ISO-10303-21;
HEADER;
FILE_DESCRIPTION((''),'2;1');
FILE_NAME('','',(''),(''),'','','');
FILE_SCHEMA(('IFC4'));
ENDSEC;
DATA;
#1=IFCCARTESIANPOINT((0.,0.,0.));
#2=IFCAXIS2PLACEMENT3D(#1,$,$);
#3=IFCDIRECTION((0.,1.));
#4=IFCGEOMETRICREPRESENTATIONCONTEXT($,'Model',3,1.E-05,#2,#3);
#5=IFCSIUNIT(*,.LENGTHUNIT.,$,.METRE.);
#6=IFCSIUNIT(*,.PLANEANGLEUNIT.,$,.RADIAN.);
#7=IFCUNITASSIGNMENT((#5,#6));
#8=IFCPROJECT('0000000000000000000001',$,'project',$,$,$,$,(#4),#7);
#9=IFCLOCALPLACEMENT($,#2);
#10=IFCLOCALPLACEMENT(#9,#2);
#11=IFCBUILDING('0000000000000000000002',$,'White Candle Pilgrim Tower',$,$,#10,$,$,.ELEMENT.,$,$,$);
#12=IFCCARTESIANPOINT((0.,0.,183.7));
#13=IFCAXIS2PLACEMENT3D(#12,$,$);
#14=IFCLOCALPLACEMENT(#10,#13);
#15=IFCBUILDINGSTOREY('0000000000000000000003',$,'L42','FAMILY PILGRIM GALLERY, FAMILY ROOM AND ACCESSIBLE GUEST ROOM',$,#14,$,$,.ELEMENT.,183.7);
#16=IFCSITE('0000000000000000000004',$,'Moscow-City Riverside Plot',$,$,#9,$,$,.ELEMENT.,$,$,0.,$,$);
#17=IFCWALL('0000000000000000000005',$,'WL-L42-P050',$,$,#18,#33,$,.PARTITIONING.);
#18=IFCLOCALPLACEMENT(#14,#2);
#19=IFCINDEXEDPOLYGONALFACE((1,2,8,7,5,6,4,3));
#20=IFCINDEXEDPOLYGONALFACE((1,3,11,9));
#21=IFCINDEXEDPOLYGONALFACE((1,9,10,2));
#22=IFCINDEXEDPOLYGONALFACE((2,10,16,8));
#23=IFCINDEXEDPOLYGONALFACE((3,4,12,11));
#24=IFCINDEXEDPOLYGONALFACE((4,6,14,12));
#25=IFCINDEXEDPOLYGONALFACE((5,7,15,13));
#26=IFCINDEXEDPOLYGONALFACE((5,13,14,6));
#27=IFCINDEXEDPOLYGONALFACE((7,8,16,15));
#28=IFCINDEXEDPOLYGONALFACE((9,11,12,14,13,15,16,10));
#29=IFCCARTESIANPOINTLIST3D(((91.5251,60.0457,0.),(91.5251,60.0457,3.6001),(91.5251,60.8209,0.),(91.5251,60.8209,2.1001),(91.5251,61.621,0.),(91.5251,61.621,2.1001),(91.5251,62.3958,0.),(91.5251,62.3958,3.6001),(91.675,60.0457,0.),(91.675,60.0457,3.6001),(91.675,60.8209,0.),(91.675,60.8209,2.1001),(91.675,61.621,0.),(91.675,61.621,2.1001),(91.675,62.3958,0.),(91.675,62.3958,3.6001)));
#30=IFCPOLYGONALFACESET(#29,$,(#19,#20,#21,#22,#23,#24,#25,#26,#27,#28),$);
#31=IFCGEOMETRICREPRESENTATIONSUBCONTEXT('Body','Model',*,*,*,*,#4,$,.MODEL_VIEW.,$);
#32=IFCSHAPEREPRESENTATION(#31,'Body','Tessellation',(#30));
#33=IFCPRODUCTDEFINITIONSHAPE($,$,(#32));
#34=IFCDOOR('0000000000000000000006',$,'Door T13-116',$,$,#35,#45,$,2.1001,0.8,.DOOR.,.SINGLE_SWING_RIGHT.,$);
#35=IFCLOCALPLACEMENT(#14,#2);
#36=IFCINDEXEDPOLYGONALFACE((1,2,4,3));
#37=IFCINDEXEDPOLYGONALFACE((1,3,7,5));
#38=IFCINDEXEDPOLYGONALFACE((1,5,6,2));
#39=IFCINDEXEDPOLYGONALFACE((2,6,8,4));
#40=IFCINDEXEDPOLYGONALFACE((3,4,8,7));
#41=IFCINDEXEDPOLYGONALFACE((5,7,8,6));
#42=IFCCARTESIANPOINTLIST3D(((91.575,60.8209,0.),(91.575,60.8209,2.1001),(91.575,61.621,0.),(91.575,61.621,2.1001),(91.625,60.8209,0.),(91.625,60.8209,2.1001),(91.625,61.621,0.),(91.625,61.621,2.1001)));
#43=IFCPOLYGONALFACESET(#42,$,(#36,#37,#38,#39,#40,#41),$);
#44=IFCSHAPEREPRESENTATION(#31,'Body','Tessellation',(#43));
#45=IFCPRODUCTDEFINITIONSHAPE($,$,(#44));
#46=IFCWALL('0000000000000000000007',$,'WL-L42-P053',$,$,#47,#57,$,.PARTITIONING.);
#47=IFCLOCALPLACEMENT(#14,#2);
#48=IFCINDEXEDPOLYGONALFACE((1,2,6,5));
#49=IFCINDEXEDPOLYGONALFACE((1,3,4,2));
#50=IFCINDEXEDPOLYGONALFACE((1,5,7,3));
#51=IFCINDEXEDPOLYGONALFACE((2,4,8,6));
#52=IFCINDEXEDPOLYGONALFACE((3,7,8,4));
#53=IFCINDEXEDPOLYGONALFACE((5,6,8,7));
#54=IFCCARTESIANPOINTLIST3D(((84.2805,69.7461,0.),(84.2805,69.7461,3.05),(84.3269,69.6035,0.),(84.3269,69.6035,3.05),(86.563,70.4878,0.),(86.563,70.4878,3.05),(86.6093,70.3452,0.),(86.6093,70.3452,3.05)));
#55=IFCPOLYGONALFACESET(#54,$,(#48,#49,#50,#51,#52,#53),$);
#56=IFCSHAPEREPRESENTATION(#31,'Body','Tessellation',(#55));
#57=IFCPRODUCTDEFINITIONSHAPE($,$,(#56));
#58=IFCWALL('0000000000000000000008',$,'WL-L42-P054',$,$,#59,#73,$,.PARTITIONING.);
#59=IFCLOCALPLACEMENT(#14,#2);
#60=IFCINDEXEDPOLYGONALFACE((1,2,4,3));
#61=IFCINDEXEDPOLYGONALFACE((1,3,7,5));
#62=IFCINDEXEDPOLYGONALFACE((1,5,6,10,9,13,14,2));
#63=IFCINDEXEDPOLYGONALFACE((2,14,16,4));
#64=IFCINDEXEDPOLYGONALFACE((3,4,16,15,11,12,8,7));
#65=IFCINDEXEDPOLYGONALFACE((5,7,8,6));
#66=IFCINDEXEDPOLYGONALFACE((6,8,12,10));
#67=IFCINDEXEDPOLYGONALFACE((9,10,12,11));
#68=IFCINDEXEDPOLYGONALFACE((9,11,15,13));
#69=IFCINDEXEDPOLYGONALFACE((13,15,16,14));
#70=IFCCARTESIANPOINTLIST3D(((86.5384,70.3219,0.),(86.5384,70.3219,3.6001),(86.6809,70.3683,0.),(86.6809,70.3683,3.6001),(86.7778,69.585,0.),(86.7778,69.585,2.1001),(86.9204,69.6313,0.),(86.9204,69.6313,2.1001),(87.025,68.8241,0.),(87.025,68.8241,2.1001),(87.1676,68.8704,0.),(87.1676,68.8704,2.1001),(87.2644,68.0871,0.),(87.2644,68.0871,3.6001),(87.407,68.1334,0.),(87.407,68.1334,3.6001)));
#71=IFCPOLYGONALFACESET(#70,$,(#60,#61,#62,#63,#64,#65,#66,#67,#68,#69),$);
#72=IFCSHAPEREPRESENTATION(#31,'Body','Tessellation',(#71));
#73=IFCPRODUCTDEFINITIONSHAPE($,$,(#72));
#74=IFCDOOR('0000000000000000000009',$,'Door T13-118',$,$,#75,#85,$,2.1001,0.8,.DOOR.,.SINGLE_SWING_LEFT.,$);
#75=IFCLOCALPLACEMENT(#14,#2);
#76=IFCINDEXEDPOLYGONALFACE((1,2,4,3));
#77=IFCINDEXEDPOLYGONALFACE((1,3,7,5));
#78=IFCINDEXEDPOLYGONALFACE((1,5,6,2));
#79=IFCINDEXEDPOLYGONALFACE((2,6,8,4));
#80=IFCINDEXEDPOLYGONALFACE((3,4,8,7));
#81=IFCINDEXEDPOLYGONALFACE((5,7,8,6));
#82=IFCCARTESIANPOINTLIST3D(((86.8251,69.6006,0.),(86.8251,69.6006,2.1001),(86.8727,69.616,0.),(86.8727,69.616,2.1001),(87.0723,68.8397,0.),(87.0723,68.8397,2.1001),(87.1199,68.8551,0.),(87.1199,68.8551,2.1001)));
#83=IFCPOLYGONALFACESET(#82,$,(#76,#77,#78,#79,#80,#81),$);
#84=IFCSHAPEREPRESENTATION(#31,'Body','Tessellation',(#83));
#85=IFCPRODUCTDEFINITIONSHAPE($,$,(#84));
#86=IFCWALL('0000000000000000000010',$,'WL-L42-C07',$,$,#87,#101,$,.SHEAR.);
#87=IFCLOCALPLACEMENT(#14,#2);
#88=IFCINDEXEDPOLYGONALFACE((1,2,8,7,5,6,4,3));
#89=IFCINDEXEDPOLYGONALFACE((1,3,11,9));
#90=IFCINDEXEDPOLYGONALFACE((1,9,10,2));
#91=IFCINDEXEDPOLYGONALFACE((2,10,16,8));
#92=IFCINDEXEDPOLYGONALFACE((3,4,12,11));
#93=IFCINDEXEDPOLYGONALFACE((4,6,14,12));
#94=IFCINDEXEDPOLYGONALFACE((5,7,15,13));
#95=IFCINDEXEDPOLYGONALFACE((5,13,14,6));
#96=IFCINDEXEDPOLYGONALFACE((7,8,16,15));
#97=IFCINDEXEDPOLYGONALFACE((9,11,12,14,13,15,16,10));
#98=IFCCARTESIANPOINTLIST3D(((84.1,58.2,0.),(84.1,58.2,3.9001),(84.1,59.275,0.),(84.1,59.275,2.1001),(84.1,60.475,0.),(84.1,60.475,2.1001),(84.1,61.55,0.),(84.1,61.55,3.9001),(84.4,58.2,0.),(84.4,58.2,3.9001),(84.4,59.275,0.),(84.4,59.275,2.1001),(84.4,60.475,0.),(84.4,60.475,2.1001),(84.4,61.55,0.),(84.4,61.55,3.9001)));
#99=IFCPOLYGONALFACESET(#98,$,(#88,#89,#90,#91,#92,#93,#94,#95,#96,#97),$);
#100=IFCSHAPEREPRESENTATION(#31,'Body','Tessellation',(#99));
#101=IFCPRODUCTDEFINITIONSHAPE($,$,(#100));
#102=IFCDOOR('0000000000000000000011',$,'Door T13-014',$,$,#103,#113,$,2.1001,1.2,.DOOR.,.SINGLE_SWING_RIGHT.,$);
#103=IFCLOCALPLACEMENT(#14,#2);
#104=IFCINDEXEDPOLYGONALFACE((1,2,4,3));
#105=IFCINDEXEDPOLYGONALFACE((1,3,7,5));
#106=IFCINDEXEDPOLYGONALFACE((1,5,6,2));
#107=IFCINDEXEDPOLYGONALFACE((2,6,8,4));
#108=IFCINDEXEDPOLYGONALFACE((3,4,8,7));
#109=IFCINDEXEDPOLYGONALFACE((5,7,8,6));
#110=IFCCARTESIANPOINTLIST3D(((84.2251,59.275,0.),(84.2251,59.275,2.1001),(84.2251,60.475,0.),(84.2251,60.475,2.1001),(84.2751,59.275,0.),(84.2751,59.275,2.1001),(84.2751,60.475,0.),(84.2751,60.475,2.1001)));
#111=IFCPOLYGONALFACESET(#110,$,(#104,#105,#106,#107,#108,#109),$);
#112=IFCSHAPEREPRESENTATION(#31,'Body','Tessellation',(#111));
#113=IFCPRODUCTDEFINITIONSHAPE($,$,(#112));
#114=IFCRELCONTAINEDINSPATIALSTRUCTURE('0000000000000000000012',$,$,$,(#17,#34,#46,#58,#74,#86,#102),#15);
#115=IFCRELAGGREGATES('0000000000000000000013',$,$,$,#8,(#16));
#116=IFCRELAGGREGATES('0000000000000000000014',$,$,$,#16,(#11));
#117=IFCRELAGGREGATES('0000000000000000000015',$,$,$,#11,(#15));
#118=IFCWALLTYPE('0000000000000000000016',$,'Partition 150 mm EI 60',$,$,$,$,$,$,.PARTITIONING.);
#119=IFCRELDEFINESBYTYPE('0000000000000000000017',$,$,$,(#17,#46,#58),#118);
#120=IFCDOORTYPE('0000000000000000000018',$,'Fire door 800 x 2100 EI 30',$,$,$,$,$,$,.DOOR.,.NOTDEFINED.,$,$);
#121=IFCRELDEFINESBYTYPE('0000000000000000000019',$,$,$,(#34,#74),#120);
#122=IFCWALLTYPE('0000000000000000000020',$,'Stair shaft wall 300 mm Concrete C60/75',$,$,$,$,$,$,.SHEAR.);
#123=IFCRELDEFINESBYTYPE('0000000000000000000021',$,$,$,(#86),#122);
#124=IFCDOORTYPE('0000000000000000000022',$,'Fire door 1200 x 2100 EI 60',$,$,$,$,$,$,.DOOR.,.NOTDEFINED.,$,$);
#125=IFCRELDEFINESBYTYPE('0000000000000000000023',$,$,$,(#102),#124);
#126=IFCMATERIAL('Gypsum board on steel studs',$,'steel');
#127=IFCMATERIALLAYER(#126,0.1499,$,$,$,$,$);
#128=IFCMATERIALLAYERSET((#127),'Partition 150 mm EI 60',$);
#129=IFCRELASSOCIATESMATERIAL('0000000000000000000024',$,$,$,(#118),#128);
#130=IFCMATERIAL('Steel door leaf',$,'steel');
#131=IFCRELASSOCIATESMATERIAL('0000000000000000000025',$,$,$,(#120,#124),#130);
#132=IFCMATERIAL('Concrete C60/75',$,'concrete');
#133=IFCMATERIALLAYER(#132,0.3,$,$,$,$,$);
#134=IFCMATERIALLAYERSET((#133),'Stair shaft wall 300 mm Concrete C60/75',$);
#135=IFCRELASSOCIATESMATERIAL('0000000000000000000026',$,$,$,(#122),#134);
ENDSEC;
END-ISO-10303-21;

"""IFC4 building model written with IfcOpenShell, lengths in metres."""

from ifc_helpers import new_model, si_unit, direction, frame, frame_2d, origin, place, context, subcontext, project, spatial, rectangle, extrude, material, layer, layer_set, type_object, element, fill, save


model = new_model("IFC4")

# Units and contexts
model_context = context("Model", 3, precision=1e-05, world=origin(), true_north=direction((0.0, 1.0)))
body_context = subcontext(model_context, "Body", "Model", "MODEL_VIEW")
ifc_project = project(units=[si_unit("LENGTHUNIT", "METRE"), si_unit("PLANEANGLEUNIT", "RADIAN")], contexts=[model_context])

# Site, building, storey
site_placement = place(None, origin())
site = spatial("IfcSite", under=ifc_project, at=site_placement, Name="Moscow-City Riverside Plot", CompositionType="ELEMENT", RefElevation=0.0)
building_placement = place(site_placement, origin())
building = spatial("IfcBuilding", under=site, at=building_placement, Name="White Candle Pilgrim Tower", CompositionType="ELEMENT")
storey_placement = place(building_placement, frame((0.0, 0.0, 183.7)))
storey = spatial("IfcBuildingStorey", under=building, at=storey_placement, Name="L42", Description="FAMILY PILGRIM GALLERY, FAMILY ROOM AND ACCESSIBLE GUEST ROOM", CompositionType="ELEMENT", Elevation=183.7)

# Shared definitions
ifc_material_1 = material(Name="Concrete C60/75", Category="concrete")

# Shared definitions
ifc_material_2 = material(Name="Gypsum board on steel studs", Category="steel")
ifc_material_3 = material(Name="Steel door leaf", Category="steel")

# Shared definitions
ifc_layer_1 = layer(ifc_material_2, 0.1499)
ifc_layer_set_1 = layer_set([ifc_layer_1], Name="Partition 150 mm EI 60")
wall_type_1 = type_object("IfcWallType", Name="Partition 150 mm EI 60", PredefinedType="PARTITIONING", material=ifc_layer_set_1)

# Wall, opening, door
wall_1_placement = place(storey_placement, frame((91.6001, 62.3958, 0.0), z_axis=(0.0, 0.0, 1.0), x_axis=(0.0, -1.0, 0.0)))
wall_1 = element("IfcWall", 1, at=wall_1_placement, inside=storey, type_object=wall_type_1, Name="WL-L42-P050", PredefinedType="PARTITIONING", context=body_context, shape_type="SweptSolid", body=[
    extrude(rectangle(XDim=2.3501, YDim=0.1499, at=frame_2d((1.175, 0.0))), origin(), (0.0, 0.0, 1.0), 3.6001),
])
opening_1_placement = place(wall_1_placement, frame((0.7749, 0.0, 0.0)))
opening_1 = element("IfcOpeningElement", 2, at=opening_1_placement, cuts=wall_1, PredefinedType="OPENING", context=body_context, shape_type="SweptSolid", body=[
    extrude(rectangle(XDim=0.8, YDim=2.1001, at=frame_2d((0.3999, 1.05))), frame((0.0, 0.085, 0.0), z_axis=(0.0, -1.0, 0.0), x_axis=(1.0, 0.0, 0.0)), (0.0, 0.0, 1.0), 0.1699),
])
door_type_1 = type_object("IfcDoorType", Name="Fire door 800 x 2100 EI 30", OperationType="NOTDEFINED", PredefinedType="DOOR", material=ifc_material_3)
door_1_placement = place(opening_1_placement, origin())
door_1 = element("IfcDoor", 3, at=door_1_placement, inside=storey, type_object=door_type_1, Name="Door T13-116", OperationType="SINGLE_SWING_RIGHT", OverallHeight=2.1001, OverallWidth=0.8, PredefinedType="DOOR", context=body_context, shape_type="SweptSolid", body=[
    extrude(rectangle(XDim=0.8, YDim=2.1001, at=frame_2d((0.3999, 1.05))), frame((0.0, 0.0249, 0.0), z_axis=(0.0, -1.0, 0.0), x_axis=(1.0, 0.0, 0.0)), (0.0, 0.0, 1.0), 0.05),
])
fill(opening_1, door_1)

# Wall
wall_2_placement = place(storey_placement, frame((84.3037, 69.6748, 0.0), z_axis=(0.0, 0.0, 1.0), x_axis=(0.951047, 0.309047, 0.0)))
element("IfcWall", 4, at=wall_2_placement, inside=storey, type_object=wall_type_1, Name="WL-L42-P053", PredefinedType="PARTITIONING", context=body_context, shape_type="SweptSolid", body=[
    extrude(rectangle(XDim=2.3999, YDim=0.1499, at=frame_2d((1.2, 0.0))), origin(), (0.0, 0.0, 1.0), 3.05),
])

# Walls, openings, doors
wall_3_placement = place(storey_placement, frame((87.3357, 68.1104, 0.0), z_axis=(0.0, 0.0, 1.0), x_axis=(-0.308987, 0.951066, 0.0)))
wall_3 = element("IfcWall", 5, at=wall_3_placement, inside=storey, type_object=wall_type_1, Name="WL-L42-P054", PredefinedType="PARTITIONING", context=body_context, shape_type="SweptSolid", body=[
    extrude(rectangle(XDim=2.3499, YDim=0.1499, at=frame_2d((1.1748, 0.0))), origin(), (0.0, 0.0, 1.0), 3.6001),
])
opening_2_placement = place(wall_3_placement, frame((0.7749, 0.0, 0.0)))
opening_2 = element("IfcOpeningElement", 6, at=opening_2_placement, cuts=wall_3, PredefinedType="OPENING", context=body_context, shape_type="SweptSolid", body=[
    extrude(rectangle(XDim=0.8, YDim=2.1001, at=frame_2d((0.3999, 1.05))), frame((0.0, 0.085, 0.0), z_axis=(0.0, -1.0, 0.0), x_axis=(1.0, 0.0, 0.0)), (0.0, 0.0, 1.0), 0.1699),
])
door_2_placement = place(opening_2_placement, frame((0.8, 0.0, 0.0), z_axis=(0.0, 0.0, 1.0), x_axis=(-1.0, 0.0, 0.0)))
door_2 = element("IfcDoor", 7, at=door_2_placement, inside=storey, type_object=door_type_1, Name="Door T13-118", OperationType="SINGLE_SWING_LEFT", OverallHeight=2.1001, OverallWidth=0.8, PredefinedType="DOOR", context=body_context, shape_type="SweptSolid", body=[
    extrude(rectangle(XDim=0.8, YDim=2.1001, at=frame_2d((0.3999, 1.05))), frame((0.0, 0.0249, 0.0), z_axis=(0.0, -1.0, 0.0), x_axis=(1.0, 0.0, 0.0)), (0.0, 0.0, 1.0), 0.05),
])
fill(opening_2, door_2)
ifc_layer_2 = layer(ifc_material_1, 0.3)
ifc_layer_set_2 = layer_set([ifc_layer_2], Name="Stair shaft wall 300 mm Concrete C60/75")
wall_type_2 = type_object("IfcWallType", Name="Stair shaft wall 300 mm Concrete C60/75", PredefinedType="SHEAR", material=ifc_layer_set_2)
wall_4_placement = place(storey_placement, frame((84.25, 58.2, 0.0), z_axis=(0.0, 0.0, 1.0), x_axis=(0.0, 1.0, 0.0)))
wall_4 = element("IfcWall", 8, at=wall_4_placement, inside=storey, type_object=wall_type_2, Name="WL-L42-C07", PredefinedType="SHEAR", context=body_context, shape_type="SweptSolid", body=[
    extrude(rectangle(XDim=3.3501, YDim=0.3, at=frame_2d((1.675, 0.0))), origin(), (0.0, 0.0, 1.0), 3.9001),
])
opening_3_placement = place(wall_4_placement, frame((1.075, 0.0, 0.0)))
opening_3 = element("IfcOpeningElement", 9, at=opening_3_placement, cuts=wall_4, PredefinedType="OPENING", context=body_context, shape_type="SweptSolid", body=[
    extrude(rectangle(XDim=1.2, YDim=2.1001, at=frame_2d((0.6001, 1.05))), frame((0.0, 0.1599, 0.0), z_axis=(0.0, -1.0, 0.0), x_axis=(1.0, 0.0, 0.0)), (0.0, 0.0, 1.0), 0.3201),
])
door_type_2 = type_object("IfcDoorType", Name="Fire door 1200 x 2100 EI 60", OperationType="NOTDEFINED", PredefinedType="DOOR", material=ifc_material_3)
door_3_placement = place(opening_3_placement, origin())
door_3 = element("IfcDoor", 10, at=door_3_placement, inside=storey, type_object=door_type_2, Name="Door T13-014", OperationType="SINGLE_SWING_RIGHT", OverallHeight=2.1001, OverallWidth=1.2, PredefinedType="DOOR", context=body_context, shape_type="SweptSolid", body=[
    extrude(rectangle(XDim=1.2, YDim=2.1001, at=frame_2d((0.6001, 1.05))), frame((0.0, 0.0249, 0.0), z_axis=(0.0, -1.0, 0.0), x_axis=(1.0, 0.0, 0.0)), (0.0, 0.0, 1.0), 0.05),
])
fill(opening_3, door_3)

save(model, "model.ifc")
